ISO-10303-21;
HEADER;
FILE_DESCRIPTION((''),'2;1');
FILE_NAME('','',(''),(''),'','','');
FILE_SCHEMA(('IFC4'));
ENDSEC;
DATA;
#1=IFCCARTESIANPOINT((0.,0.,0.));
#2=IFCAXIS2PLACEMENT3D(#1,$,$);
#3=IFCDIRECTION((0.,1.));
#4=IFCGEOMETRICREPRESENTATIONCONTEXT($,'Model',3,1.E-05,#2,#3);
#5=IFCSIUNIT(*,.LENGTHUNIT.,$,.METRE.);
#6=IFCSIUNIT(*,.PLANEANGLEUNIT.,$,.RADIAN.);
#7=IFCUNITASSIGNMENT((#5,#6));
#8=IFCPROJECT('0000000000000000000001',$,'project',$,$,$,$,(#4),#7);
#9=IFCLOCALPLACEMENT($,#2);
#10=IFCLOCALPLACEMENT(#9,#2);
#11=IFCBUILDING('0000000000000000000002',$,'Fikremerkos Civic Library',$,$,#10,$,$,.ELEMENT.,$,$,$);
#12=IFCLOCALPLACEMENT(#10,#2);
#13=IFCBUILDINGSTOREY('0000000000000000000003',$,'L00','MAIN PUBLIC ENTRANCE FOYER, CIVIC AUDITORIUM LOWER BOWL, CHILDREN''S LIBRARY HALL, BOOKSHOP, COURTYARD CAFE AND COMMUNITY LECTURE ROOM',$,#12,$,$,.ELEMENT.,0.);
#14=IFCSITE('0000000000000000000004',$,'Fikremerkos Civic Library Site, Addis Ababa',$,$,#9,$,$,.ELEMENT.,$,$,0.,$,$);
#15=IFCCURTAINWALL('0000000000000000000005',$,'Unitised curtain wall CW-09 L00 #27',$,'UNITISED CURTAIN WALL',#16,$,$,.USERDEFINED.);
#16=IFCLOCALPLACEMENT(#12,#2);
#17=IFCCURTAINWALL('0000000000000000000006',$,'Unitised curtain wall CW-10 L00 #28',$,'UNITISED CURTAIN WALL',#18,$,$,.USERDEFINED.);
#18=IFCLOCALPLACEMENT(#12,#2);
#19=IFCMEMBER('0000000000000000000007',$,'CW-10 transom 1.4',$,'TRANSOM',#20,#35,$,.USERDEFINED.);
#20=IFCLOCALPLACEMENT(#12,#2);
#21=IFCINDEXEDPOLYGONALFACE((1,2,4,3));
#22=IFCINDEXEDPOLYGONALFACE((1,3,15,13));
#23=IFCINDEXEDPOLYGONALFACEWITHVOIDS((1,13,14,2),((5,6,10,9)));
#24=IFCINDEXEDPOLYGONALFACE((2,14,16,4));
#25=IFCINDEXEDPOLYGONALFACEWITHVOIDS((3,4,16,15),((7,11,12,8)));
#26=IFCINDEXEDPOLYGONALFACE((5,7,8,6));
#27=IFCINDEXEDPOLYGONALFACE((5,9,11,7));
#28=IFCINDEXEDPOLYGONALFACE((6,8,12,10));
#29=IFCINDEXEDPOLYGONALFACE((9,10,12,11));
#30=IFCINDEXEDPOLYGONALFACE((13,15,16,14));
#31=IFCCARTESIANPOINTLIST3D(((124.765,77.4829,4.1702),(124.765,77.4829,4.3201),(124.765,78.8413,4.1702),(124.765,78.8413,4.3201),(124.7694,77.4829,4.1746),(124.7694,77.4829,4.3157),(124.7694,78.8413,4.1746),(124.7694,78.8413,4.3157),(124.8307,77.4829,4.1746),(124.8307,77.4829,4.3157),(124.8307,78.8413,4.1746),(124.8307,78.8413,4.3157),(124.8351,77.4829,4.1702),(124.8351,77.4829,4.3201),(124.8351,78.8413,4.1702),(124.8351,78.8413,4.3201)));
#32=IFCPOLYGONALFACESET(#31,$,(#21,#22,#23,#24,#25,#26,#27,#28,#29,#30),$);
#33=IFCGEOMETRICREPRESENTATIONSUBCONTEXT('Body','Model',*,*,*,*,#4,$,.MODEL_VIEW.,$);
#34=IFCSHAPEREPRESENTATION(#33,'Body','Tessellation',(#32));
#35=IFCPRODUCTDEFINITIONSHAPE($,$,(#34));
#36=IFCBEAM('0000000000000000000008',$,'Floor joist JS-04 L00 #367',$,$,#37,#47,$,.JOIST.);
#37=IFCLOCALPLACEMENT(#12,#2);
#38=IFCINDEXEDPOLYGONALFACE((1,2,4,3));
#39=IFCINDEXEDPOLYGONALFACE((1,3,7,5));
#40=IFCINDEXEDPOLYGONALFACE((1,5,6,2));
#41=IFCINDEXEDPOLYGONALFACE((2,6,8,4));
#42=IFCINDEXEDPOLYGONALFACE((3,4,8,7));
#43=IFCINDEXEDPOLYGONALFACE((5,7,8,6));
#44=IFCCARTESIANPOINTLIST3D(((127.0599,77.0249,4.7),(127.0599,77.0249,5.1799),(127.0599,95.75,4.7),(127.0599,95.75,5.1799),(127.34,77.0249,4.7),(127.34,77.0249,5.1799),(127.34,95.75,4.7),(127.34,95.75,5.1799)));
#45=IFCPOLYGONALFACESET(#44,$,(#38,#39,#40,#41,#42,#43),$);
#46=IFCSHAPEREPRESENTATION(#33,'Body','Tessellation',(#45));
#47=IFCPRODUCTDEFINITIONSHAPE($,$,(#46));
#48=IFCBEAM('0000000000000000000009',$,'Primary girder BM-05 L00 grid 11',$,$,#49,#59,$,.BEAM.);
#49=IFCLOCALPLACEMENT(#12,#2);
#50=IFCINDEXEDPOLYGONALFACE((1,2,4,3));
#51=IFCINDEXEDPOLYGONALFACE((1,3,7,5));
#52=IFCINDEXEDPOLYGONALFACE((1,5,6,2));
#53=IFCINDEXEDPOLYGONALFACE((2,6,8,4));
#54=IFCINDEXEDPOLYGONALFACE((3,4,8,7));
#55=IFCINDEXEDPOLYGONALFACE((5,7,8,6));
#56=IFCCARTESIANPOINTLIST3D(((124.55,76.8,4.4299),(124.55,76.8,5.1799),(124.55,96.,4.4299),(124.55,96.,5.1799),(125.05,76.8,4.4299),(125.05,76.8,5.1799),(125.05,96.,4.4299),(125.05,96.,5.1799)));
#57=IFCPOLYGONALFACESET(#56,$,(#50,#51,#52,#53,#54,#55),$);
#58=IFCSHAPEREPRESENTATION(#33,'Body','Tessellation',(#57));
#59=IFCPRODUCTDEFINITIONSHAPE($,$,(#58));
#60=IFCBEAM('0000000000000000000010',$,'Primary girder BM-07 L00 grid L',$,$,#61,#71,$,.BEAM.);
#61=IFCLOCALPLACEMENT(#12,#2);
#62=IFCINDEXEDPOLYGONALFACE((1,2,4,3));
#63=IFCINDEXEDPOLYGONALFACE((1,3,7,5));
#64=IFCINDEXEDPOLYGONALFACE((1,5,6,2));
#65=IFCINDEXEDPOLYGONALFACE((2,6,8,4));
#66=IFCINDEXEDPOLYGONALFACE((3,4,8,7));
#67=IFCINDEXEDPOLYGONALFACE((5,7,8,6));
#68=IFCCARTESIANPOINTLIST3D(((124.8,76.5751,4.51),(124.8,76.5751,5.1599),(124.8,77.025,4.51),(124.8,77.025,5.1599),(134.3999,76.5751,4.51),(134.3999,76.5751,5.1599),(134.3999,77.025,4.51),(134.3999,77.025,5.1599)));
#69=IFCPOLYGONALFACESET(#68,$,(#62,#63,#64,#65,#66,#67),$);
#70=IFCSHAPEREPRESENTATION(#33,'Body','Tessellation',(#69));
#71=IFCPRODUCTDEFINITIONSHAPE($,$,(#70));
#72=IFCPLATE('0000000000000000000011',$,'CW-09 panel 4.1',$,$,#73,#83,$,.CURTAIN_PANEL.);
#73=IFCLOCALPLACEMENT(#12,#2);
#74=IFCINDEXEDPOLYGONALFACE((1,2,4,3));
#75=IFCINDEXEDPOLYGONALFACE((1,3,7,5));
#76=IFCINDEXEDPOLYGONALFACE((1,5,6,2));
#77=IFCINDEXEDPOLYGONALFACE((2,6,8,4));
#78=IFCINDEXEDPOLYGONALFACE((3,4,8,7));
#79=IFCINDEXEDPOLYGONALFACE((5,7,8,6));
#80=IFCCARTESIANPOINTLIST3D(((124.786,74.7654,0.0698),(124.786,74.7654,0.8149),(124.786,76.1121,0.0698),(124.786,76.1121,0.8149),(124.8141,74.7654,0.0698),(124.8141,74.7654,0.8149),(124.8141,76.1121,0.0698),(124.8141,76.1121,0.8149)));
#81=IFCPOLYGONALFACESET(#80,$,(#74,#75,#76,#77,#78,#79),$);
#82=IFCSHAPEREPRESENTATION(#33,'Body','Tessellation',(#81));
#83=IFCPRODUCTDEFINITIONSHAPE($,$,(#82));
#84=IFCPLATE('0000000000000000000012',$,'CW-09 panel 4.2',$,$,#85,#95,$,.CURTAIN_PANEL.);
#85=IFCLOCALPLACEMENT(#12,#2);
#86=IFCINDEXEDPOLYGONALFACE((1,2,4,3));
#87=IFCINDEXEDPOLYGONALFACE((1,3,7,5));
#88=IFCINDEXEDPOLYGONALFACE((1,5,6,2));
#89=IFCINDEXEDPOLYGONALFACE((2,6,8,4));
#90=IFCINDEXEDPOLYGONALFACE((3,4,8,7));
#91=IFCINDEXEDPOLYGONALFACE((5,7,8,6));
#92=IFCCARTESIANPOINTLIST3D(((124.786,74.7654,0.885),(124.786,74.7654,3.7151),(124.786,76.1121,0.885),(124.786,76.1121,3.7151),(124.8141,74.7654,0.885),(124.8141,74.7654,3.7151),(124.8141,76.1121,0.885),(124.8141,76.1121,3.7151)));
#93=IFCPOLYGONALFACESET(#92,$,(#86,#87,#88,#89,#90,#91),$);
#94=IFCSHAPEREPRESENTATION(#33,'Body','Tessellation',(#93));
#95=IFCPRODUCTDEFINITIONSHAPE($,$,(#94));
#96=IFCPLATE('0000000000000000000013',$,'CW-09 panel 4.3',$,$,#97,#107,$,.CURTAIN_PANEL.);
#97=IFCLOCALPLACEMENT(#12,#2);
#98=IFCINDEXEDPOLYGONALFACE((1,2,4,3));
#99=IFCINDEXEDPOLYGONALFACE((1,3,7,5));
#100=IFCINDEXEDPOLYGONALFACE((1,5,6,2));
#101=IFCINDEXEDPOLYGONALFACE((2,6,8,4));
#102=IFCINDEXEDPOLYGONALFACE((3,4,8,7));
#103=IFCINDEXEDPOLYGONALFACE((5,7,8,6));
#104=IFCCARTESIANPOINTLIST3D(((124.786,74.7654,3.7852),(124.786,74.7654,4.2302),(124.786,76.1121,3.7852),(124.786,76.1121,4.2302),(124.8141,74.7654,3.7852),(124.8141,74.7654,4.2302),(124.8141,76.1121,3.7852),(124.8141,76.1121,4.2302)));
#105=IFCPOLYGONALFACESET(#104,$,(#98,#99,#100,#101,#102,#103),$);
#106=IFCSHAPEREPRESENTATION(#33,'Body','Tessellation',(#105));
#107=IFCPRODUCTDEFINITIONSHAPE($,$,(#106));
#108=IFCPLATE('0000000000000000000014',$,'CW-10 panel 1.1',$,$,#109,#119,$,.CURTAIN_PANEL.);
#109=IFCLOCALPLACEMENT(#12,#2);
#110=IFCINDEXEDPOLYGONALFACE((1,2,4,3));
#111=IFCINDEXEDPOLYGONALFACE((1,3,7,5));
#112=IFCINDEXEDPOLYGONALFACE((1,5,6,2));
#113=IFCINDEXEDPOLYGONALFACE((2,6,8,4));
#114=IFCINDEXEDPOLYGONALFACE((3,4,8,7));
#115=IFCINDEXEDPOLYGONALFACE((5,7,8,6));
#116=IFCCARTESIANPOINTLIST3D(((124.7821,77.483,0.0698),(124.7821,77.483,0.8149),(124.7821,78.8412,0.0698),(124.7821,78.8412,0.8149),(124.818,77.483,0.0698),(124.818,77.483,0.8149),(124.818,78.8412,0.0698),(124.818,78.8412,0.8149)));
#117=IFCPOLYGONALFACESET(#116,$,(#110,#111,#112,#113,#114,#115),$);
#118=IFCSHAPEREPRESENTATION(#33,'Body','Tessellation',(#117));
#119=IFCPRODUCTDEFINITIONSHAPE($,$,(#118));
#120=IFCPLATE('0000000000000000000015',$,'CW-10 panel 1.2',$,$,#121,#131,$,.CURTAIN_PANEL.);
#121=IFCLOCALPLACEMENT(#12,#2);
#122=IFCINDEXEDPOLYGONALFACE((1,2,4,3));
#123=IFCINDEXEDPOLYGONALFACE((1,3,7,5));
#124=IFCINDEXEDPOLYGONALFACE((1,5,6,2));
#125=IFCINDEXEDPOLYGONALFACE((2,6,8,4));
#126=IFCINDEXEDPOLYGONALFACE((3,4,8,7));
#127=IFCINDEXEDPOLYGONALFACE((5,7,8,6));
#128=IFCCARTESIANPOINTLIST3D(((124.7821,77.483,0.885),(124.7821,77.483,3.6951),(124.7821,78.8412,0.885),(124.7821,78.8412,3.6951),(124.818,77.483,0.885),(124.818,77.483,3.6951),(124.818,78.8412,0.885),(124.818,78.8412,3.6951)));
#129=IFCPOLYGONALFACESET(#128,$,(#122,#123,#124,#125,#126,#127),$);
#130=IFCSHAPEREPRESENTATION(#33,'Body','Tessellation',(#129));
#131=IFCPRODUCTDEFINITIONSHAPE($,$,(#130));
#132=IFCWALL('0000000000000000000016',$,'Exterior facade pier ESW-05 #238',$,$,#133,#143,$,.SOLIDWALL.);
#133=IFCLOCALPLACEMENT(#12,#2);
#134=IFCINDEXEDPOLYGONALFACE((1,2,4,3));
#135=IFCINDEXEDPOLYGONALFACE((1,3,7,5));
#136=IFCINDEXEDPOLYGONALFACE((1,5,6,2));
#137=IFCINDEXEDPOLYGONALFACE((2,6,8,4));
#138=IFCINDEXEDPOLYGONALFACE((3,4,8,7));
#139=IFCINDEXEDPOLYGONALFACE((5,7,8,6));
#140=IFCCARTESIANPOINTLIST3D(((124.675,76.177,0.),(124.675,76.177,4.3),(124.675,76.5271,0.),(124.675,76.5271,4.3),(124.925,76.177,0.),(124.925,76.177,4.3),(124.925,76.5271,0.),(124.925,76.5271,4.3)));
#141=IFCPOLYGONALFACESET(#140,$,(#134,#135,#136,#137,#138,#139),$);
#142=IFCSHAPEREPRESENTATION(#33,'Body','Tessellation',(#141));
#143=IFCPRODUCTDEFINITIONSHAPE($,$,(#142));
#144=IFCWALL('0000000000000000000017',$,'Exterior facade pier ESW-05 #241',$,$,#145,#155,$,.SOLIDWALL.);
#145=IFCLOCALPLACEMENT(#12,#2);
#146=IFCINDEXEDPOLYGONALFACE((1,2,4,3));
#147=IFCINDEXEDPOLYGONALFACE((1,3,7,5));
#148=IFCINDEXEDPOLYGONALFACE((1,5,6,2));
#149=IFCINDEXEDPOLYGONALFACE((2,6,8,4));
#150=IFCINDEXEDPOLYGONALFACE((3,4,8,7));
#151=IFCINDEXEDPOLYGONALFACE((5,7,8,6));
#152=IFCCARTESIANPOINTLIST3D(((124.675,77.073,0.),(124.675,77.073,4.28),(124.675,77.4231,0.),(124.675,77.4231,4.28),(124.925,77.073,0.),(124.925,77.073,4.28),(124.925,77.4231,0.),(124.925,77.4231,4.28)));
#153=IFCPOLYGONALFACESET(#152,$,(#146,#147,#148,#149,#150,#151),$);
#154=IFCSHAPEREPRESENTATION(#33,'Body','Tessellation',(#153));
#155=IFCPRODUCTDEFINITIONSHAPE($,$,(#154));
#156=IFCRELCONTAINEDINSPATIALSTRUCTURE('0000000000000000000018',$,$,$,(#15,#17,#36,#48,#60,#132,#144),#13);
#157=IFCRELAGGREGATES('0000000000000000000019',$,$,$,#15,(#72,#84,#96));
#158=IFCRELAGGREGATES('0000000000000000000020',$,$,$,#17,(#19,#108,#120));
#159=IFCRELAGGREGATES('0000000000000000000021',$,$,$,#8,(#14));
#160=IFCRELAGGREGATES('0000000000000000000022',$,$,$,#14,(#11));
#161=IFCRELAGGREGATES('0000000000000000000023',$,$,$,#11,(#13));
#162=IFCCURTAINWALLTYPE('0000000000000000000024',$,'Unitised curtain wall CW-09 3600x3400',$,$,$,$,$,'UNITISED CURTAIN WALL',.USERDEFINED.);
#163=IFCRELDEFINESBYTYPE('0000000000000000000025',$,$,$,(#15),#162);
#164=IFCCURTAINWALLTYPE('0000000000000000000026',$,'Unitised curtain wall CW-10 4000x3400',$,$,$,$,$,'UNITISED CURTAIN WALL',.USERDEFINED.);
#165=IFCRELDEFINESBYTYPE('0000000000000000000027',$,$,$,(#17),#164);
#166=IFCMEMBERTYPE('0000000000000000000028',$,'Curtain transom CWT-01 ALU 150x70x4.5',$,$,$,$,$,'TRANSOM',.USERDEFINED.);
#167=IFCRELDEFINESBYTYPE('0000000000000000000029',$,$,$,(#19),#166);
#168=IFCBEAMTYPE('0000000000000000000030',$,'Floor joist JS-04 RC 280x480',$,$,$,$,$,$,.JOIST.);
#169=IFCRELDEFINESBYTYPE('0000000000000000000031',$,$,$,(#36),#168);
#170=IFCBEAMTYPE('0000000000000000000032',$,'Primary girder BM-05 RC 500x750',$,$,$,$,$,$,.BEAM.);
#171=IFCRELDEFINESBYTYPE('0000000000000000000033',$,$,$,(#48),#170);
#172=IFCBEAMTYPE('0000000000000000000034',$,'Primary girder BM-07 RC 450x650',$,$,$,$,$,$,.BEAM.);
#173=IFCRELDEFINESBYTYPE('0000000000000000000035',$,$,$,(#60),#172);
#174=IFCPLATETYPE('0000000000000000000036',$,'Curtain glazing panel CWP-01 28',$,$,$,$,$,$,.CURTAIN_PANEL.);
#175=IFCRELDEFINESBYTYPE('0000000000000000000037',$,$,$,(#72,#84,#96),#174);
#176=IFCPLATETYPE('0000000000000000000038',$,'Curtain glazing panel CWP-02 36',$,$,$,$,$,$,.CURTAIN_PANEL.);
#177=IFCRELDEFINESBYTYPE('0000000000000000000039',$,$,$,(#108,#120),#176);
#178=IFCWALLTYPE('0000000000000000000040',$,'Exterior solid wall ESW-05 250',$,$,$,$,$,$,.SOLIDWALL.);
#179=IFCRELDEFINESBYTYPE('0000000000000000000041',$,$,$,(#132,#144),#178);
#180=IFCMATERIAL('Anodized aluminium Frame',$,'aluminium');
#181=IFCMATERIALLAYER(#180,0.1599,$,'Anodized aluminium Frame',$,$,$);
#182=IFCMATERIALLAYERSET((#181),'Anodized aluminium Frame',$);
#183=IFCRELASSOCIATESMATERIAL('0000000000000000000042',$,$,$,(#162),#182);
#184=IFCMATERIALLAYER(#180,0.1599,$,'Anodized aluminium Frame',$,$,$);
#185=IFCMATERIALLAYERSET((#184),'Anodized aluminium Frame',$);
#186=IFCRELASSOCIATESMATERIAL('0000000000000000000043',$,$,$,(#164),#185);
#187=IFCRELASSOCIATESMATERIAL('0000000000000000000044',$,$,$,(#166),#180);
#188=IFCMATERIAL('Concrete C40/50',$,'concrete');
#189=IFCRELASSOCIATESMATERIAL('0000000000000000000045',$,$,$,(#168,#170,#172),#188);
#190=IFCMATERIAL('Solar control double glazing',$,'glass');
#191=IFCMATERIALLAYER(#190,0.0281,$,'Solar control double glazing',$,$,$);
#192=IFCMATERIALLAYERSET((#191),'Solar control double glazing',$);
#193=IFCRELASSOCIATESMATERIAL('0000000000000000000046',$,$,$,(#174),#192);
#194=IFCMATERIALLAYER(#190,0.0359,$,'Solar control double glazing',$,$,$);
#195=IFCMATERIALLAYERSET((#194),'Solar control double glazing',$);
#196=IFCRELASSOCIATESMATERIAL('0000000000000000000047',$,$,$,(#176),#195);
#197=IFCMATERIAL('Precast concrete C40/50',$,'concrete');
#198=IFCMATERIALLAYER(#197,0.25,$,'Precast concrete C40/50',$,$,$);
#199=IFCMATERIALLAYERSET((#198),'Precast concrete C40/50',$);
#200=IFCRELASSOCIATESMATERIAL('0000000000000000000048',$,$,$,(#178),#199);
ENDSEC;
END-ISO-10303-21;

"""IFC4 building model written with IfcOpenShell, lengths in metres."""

from ifc_helpers import new_model, si_unit, direction, frame, frame_2d, origin, origin_2d, place, context, subcontext, project, spatial, rectangle, hollow_rectangle, extrude, material, layer, layer_set, material_profile, profile_set, type_object, element, aggregate, save


model = new_model("IFC4")

# Units and contexts
model_context = context("Model", 3, precision=1e-05, world=origin(), true_north=direction((0.0, 1.0)))
body_context = subcontext(model_context, "Body", "Model", "MODEL_VIEW")
ifc_project = project(units=[si_unit("LENGTHUNIT", "METRE"), si_unit("PLANEANGLEUNIT", "RADIAN")], contexts=[model_context])

# Site, building, storey
site_placement = place(None, origin())
site = spatial("IfcSite", under=ifc_project, at=site_placement, Name="Fikremerkos Civic Library Site, Addis Ababa", CompositionType="ELEMENT", RefElevation=0.0)
building_placement = place(site_placement, origin())
building = spatial("IfcBuilding", under=site, at=building_placement, Name="Fikremerkos Civic Library", CompositionType="ELEMENT")
storey_placement = place(building_placement, origin())
storey = spatial("IfcBuildingStorey", under=building, at=storey_placement, Name="L00", Description="MAIN PUBLIC ENTRANCE FOYER, CIVIC AUDITORIUM LOWER BOWL, CHILDREN'S LIBRARY HALL, BOOKSHOP, COURTYARD CAFE AND COMMUNITY LECTURE ROOM", CompositionType="ELEMENT", Elevation=0.0)

# Shared definitions
ifc_material_1 = material(Name="Concrete C40/50", Category="concrete")

# Curtain wall
ifc_material_2 = material(Name="Anodized aluminium Frame", Category="aluminium")
ifc_layer_1 = layer(ifc_material_2, 0.1599, Name="Anodized aluminium Frame")
ifc_layer_set_1 = layer_set([ifc_layer_1], Name="Anodized aluminium Frame")
curtain_wall_type_1 = type_object("IfcCurtainWallType", Name="Unitised curtain wall CW-09 3600x3400", ElementType="UNITISED CURTAIN WALL", PredefinedType="USERDEFINED", material=ifc_layer_set_1)
curtain_wall_1_placement = place(storey_placement, origin())
curtain_wall_1 = element("IfcCurtainWall", 1, at=curtain_wall_1_placement, inside=storey, type_object=curtain_wall_type_1, Name="Unitised curtain wall CW-09 L00 #27", ObjectType="UNITISED CURTAIN WALL", PredefinedType="USERDEFINED")

# Curtain wall
ifc_layer_2 = layer(ifc_material_2, 0.1599, Name="Anodized aluminium Frame")
ifc_layer_set_2 = layer_set([ifc_layer_2], Name="Anodized aluminium Frame")
curtain_wall_type_2 = type_object("IfcCurtainWallType", Name="Unitised curtain wall CW-10 4000x3400", ElementType="UNITISED CURTAIN WALL", PredefinedType="USERDEFINED", material=ifc_layer_set_2)
curtain_wall_2_placement = place(storey_placement, origin())
curtain_wall_2 = element("IfcCurtainWall", 2, at=curtain_wall_2_placement, inside=storey, type_object=curtain_wall_type_2, Name="Unitised curtain wall CW-10 L00 #28", ObjectType="UNITISED CURTAIN WALL", PredefinedType="USERDEFINED")

# Member
ifc_material_profile_1 = material_profile(ifc_material_2, hollow_rectangle(XDim=0.0701, YDim=0.1499, WallThickness=0.0044, at=origin_2d()), Name="ALU 150x70x4.5")
ifc_profile_set_1 = profile_set([ifc_material_profile_1], Name="Anodized aluminium Frame")
member_type_1 = type_object("IfcMemberType", Name="Curtain transom CWT-01 ALU 150x70x4.5", ElementType="TRANSOM", PredefinedType="USERDEFINED", material=ifc_profile_set_1)
member_1_placement = place(storey_placement, frame((124.8, 77.4829, 4.2451), z_axis=(0.0, 1.0, 0.0), x_axis=(-1.0, 0.0, 0.0)))
member_1 = element("IfcMember", 3, at=member_1_placement, type_object=member_type_1, Name="CW-10 transom 1.4", ObjectType="TRANSOM", PredefinedType="USERDEFINED", context=body_context, shape_type="SweptSolid", body=[
    extrude(hollow_rectangle(XDim=0.0701, YDim=0.1499, WallThickness=0.0044, at=origin_2d()), origin(), (0.0, 0.0, 1.0), 1.3584),
])

# Beams
ifc_material_profile_2 = material_profile(ifc_material_1, rectangle(XDim=0.28, YDim=0.48, at=origin_2d()), Name="RC 280x480")
ifc_profile_set_2 = profile_set([ifc_material_profile_2], Name="Concrete C40/50")
beam_type_1 = type_object("IfcBeamType", Name="Floor joist JS-04 RC 280x480", PredefinedType="JOIST", material=ifc_profile_set_2)
beam_1_placement = place(storey_placement, frame((127.2, 77.0249, 4.9399), z_axis=(0.0, 1.0, 0.0), x_axis=(-1.0, 0.0, 0.0)))
element("IfcBeam", 4, at=beam_1_placement, inside=storey, type_object=beam_type_1, Name="Floor joist JS-04 L00 #367", PredefinedType="JOIST", context=body_context, shape_type="SweptSolid", body=[
    extrude(rectangle(XDim=0.28, YDim=0.48, at=origin_2d()), origin(), (0.0, 0.0, 1.0), 18.7251),
])
ifc_material_profile_3 = material_profile(ifc_material_1, rectangle(XDim=0.5, YDim=0.75, at=origin_2d()), Name="RC 500x750")
ifc_profile_set_3 = profile_set([ifc_material_profile_3], Name="Concrete C40/50")
beam_type_2 = type_object("IfcBeamType", Name="Primary girder BM-05 RC 500x750", PredefinedType="BEAM", material=ifc_profile_set_3)
beam_2_placement = place(storey_placement, frame((124.8, 76.8, 4.8049), z_axis=(0.0, 1.0, 0.0), x_axis=(-1.0, 0.0, 0.0)))
element("IfcBeam", 5, at=beam_2_placement, inside=storey, type_object=beam_type_2, Name="Primary girder BM-05 L00 grid 11", PredefinedType="BEAM", context=body_context, shape_type="SweptSolid", body=[
    extrude(rectangle(XDim=0.5, YDim=0.75, at=origin_2d()), origin(), (0.0, 0.0, 1.0), 19.2),
])
ifc_material_profile_4 = material_profile(ifc_material_1, rectangle(XDim=0.45, YDim=0.6499, at=origin_2d()), Name="RC 450x650")
ifc_profile_set_4 = profile_set([ifc_material_profile_4], Name="Concrete C40/50")
beam_type_3 = type_object("IfcBeamType", Name="Primary girder BM-07 RC 450x650", PredefinedType="BEAM", material=ifc_profile_set_4)
beam_3_placement = place(storey_placement, frame((124.8, 76.8, 4.835), z_axis=(1.0, 0.0, 0.0), x_axis=(0.0, 1.0, 0.0)))
element("IfcBeam", 6, at=beam_3_placement, inside=storey, type_object=beam_type_3, Name="Primary girder BM-07 L00 grid L", PredefinedType="BEAM", context=body_context, shape_type="SweptSolid", body=[
    extrude(rectangle(XDim=0.45, YDim=0.6499, at=origin_2d()), origin(), (0.0, 0.0, 1.0), 9.5999),
])

# Plates
ifc_material_3 = material(Name="Solar control double glazing", Category="glass")
ifc_layer_3 = layer(ifc_material_3, 0.0281, Name="Solar control double glazing")
ifc_layer_set_3 = layer_set([ifc_layer_3], Name="Solar control double glazing")
plate_type_1 = type_object("IfcPlateType", Name="Curtain glazing panel CWP-01 28", PredefinedType="CURTAIN_PANEL", material=ifc_layer_set_3)
plate_1_placement = place(storey_placement, frame((124.8, 75.4387, 0.0698), z_axis=(0.0, 0.0, 1.0), x_axis=(0.0, 1.0, 0.0)))
plate_1 = element("IfcPlate", 7, at=plate_1_placement, type_object=plate_type_1, Name="CW-09 panel 4.1", PredefinedType="CURTAIN_PANEL", context=body_context, shape_type="SweptSolid", body=[
    extrude(rectangle(XDim=1.3467, YDim=0.0281, at=origin_2d()), origin(), (0.0, 0.0, 1.0), 0.7451),
])
plate_2_placement = place(storey_placement, frame((124.8, 75.4387, 0.885), z_axis=(0.0, 0.0, 1.0), x_axis=(0.0, 1.0, 0.0)))
plate_2 = element("IfcPlate", 8, at=plate_2_placement, type_object=plate_type_1, Name="CW-09 panel 4.2", PredefinedType="CURTAIN_PANEL", context=body_context, shape_type="SweptSolid", body=[
    extrude(rectangle(XDim=1.3467, YDim=0.0281, at=origin_2d()), origin(), (0.0, 0.0, 1.0), 2.8301),
])
plate_3_placement = place(storey_placement, frame((124.8, 75.4387, 3.7852), z_axis=(0.0, 0.0, 1.0), x_axis=(0.0, 1.0, 0.0)))
plate_3 = element("IfcPlate", 9, at=plate_3_placement, type_object=plate_type_1, Name="CW-09 panel 4.3", PredefinedType="CURTAIN_PANEL", context=body_context, shape_type="SweptSolid", body=[
    extrude(rectangle(XDim=1.3467, YDim=0.0281, at=origin_2d()), origin(), (0.0, 0.0, 1.0), 0.4451),
])
aggregate(curtain_wall_1, [plate_1, plate_2, plate_3])
ifc_layer_4 = layer(ifc_material_3, 0.0359, Name="Solar control double glazing")
ifc_layer_set_4 = layer_set([ifc_layer_4], Name="Solar control double glazing")
plate_type_2 = type_object("IfcPlateType", Name="Curtain glazing panel CWP-02 36", PredefinedType="CURTAIN_PANEL", material=ifc_layer_set_4)
plate_4_placement = place(storey_placement, frame((124.8, 78.1621, 0.0698), z_axis=(0.0, 0.0, 1.0), x_axis=(0.0, 1.0, 0.0)))
plate_4 = element("IfcPlate", 10, at=plate_4_placement, type_object=plate_type_2, Name="CW-10 panel 1.1", PredefinedType="CURTAIN_PANEL", context=body_context, shape_type="SweptSolid", body=[
    extrude(rectangle(XDim=1.3582, YDim=0.0359, at=origin_2d()), origin(), (0.0, 0.0, 1.0), 0.7451),
])
plate_5_placement = place(storey_placement, frame((124.8, 78.1621, 0.885), z_axis=(0.0, 0.0, 1.0), x_axis=(0.0, 1.0, 0.0)))
plate_5 = element("IfcPlate", 11, at=plate_5_placement, type_object=plate_type_2, Name="CW-10 panel 1.2", PredefinedType="CURTAIN_PANEL", context=body_context, shape_type="SweptSolid", body=[
    extrude(rectangle(XDim=1.3582, YDim=0.0359, at=origin_2d()), origin(), (0.0, 0.0, 1.0), 2.8101),
])
aggregate(curtain_wall_2, [member_1, plate_4, plate_5])

# Walls
ifc_material_4 = material(Name="Precast concrete C40/50", Category="concrete")
ifc_layer_5 = layer(ifc_material_4, 0.25, Name="Precast concrete C40/50")
ifc_layer_set_5 = layer_set([ifc_layer_5], Name="Precast concrete C40/50")
wall_type = type_object("IfcWallType", Name="Exterior solid wall ESW-05 250", PredefinedType="SOLIDWALL", material=ifc_layer_set_5)
wall_1_placement = place(storey_placement, frame((124.8, 76.177, 0.0), z_axis=(0.0, 0.0, 1.0), x_axis=(0.0, 1.0, 0.0)))
element("IfcWall", 12, at=wall_1_placement, inside=storey, type_object=wall_type, Name="Exterior facade pier ESW-05 #238", PredefinedType="SOLIDWALL", context=body_context, shape_type="SweptSolid", body=[
    extrude(rectangle(XDim=0.3501, YDim=0.25, at=frame_2d((0.175, 0.0))), origin(), (0.0, 0.0, 1.0), 4.3),
])
wall_2_placement = place(storey_placement, frame((124.8, 77.073, 0.0), z_axis=(0.0, 0.0, 1.0), x_axis=(0.0, 1.0, 0.0)))
element("IfcWall", 13, at=wall_2_placement, inside=storey, type_object=wall_type, Name="Exterior facade pier ESW-05 #241", PredefinedType="SOLIDWALL", context=body_context, shape_type="SweptSolid", body=[
    extrude(rectangle(XDim=0.3501, YDim=0.25, at=frame_2d((0.175, 0.0))), origin(), (0.0, 0.0, 1.0), 4.28),
])

save(model, "model.ifc")
